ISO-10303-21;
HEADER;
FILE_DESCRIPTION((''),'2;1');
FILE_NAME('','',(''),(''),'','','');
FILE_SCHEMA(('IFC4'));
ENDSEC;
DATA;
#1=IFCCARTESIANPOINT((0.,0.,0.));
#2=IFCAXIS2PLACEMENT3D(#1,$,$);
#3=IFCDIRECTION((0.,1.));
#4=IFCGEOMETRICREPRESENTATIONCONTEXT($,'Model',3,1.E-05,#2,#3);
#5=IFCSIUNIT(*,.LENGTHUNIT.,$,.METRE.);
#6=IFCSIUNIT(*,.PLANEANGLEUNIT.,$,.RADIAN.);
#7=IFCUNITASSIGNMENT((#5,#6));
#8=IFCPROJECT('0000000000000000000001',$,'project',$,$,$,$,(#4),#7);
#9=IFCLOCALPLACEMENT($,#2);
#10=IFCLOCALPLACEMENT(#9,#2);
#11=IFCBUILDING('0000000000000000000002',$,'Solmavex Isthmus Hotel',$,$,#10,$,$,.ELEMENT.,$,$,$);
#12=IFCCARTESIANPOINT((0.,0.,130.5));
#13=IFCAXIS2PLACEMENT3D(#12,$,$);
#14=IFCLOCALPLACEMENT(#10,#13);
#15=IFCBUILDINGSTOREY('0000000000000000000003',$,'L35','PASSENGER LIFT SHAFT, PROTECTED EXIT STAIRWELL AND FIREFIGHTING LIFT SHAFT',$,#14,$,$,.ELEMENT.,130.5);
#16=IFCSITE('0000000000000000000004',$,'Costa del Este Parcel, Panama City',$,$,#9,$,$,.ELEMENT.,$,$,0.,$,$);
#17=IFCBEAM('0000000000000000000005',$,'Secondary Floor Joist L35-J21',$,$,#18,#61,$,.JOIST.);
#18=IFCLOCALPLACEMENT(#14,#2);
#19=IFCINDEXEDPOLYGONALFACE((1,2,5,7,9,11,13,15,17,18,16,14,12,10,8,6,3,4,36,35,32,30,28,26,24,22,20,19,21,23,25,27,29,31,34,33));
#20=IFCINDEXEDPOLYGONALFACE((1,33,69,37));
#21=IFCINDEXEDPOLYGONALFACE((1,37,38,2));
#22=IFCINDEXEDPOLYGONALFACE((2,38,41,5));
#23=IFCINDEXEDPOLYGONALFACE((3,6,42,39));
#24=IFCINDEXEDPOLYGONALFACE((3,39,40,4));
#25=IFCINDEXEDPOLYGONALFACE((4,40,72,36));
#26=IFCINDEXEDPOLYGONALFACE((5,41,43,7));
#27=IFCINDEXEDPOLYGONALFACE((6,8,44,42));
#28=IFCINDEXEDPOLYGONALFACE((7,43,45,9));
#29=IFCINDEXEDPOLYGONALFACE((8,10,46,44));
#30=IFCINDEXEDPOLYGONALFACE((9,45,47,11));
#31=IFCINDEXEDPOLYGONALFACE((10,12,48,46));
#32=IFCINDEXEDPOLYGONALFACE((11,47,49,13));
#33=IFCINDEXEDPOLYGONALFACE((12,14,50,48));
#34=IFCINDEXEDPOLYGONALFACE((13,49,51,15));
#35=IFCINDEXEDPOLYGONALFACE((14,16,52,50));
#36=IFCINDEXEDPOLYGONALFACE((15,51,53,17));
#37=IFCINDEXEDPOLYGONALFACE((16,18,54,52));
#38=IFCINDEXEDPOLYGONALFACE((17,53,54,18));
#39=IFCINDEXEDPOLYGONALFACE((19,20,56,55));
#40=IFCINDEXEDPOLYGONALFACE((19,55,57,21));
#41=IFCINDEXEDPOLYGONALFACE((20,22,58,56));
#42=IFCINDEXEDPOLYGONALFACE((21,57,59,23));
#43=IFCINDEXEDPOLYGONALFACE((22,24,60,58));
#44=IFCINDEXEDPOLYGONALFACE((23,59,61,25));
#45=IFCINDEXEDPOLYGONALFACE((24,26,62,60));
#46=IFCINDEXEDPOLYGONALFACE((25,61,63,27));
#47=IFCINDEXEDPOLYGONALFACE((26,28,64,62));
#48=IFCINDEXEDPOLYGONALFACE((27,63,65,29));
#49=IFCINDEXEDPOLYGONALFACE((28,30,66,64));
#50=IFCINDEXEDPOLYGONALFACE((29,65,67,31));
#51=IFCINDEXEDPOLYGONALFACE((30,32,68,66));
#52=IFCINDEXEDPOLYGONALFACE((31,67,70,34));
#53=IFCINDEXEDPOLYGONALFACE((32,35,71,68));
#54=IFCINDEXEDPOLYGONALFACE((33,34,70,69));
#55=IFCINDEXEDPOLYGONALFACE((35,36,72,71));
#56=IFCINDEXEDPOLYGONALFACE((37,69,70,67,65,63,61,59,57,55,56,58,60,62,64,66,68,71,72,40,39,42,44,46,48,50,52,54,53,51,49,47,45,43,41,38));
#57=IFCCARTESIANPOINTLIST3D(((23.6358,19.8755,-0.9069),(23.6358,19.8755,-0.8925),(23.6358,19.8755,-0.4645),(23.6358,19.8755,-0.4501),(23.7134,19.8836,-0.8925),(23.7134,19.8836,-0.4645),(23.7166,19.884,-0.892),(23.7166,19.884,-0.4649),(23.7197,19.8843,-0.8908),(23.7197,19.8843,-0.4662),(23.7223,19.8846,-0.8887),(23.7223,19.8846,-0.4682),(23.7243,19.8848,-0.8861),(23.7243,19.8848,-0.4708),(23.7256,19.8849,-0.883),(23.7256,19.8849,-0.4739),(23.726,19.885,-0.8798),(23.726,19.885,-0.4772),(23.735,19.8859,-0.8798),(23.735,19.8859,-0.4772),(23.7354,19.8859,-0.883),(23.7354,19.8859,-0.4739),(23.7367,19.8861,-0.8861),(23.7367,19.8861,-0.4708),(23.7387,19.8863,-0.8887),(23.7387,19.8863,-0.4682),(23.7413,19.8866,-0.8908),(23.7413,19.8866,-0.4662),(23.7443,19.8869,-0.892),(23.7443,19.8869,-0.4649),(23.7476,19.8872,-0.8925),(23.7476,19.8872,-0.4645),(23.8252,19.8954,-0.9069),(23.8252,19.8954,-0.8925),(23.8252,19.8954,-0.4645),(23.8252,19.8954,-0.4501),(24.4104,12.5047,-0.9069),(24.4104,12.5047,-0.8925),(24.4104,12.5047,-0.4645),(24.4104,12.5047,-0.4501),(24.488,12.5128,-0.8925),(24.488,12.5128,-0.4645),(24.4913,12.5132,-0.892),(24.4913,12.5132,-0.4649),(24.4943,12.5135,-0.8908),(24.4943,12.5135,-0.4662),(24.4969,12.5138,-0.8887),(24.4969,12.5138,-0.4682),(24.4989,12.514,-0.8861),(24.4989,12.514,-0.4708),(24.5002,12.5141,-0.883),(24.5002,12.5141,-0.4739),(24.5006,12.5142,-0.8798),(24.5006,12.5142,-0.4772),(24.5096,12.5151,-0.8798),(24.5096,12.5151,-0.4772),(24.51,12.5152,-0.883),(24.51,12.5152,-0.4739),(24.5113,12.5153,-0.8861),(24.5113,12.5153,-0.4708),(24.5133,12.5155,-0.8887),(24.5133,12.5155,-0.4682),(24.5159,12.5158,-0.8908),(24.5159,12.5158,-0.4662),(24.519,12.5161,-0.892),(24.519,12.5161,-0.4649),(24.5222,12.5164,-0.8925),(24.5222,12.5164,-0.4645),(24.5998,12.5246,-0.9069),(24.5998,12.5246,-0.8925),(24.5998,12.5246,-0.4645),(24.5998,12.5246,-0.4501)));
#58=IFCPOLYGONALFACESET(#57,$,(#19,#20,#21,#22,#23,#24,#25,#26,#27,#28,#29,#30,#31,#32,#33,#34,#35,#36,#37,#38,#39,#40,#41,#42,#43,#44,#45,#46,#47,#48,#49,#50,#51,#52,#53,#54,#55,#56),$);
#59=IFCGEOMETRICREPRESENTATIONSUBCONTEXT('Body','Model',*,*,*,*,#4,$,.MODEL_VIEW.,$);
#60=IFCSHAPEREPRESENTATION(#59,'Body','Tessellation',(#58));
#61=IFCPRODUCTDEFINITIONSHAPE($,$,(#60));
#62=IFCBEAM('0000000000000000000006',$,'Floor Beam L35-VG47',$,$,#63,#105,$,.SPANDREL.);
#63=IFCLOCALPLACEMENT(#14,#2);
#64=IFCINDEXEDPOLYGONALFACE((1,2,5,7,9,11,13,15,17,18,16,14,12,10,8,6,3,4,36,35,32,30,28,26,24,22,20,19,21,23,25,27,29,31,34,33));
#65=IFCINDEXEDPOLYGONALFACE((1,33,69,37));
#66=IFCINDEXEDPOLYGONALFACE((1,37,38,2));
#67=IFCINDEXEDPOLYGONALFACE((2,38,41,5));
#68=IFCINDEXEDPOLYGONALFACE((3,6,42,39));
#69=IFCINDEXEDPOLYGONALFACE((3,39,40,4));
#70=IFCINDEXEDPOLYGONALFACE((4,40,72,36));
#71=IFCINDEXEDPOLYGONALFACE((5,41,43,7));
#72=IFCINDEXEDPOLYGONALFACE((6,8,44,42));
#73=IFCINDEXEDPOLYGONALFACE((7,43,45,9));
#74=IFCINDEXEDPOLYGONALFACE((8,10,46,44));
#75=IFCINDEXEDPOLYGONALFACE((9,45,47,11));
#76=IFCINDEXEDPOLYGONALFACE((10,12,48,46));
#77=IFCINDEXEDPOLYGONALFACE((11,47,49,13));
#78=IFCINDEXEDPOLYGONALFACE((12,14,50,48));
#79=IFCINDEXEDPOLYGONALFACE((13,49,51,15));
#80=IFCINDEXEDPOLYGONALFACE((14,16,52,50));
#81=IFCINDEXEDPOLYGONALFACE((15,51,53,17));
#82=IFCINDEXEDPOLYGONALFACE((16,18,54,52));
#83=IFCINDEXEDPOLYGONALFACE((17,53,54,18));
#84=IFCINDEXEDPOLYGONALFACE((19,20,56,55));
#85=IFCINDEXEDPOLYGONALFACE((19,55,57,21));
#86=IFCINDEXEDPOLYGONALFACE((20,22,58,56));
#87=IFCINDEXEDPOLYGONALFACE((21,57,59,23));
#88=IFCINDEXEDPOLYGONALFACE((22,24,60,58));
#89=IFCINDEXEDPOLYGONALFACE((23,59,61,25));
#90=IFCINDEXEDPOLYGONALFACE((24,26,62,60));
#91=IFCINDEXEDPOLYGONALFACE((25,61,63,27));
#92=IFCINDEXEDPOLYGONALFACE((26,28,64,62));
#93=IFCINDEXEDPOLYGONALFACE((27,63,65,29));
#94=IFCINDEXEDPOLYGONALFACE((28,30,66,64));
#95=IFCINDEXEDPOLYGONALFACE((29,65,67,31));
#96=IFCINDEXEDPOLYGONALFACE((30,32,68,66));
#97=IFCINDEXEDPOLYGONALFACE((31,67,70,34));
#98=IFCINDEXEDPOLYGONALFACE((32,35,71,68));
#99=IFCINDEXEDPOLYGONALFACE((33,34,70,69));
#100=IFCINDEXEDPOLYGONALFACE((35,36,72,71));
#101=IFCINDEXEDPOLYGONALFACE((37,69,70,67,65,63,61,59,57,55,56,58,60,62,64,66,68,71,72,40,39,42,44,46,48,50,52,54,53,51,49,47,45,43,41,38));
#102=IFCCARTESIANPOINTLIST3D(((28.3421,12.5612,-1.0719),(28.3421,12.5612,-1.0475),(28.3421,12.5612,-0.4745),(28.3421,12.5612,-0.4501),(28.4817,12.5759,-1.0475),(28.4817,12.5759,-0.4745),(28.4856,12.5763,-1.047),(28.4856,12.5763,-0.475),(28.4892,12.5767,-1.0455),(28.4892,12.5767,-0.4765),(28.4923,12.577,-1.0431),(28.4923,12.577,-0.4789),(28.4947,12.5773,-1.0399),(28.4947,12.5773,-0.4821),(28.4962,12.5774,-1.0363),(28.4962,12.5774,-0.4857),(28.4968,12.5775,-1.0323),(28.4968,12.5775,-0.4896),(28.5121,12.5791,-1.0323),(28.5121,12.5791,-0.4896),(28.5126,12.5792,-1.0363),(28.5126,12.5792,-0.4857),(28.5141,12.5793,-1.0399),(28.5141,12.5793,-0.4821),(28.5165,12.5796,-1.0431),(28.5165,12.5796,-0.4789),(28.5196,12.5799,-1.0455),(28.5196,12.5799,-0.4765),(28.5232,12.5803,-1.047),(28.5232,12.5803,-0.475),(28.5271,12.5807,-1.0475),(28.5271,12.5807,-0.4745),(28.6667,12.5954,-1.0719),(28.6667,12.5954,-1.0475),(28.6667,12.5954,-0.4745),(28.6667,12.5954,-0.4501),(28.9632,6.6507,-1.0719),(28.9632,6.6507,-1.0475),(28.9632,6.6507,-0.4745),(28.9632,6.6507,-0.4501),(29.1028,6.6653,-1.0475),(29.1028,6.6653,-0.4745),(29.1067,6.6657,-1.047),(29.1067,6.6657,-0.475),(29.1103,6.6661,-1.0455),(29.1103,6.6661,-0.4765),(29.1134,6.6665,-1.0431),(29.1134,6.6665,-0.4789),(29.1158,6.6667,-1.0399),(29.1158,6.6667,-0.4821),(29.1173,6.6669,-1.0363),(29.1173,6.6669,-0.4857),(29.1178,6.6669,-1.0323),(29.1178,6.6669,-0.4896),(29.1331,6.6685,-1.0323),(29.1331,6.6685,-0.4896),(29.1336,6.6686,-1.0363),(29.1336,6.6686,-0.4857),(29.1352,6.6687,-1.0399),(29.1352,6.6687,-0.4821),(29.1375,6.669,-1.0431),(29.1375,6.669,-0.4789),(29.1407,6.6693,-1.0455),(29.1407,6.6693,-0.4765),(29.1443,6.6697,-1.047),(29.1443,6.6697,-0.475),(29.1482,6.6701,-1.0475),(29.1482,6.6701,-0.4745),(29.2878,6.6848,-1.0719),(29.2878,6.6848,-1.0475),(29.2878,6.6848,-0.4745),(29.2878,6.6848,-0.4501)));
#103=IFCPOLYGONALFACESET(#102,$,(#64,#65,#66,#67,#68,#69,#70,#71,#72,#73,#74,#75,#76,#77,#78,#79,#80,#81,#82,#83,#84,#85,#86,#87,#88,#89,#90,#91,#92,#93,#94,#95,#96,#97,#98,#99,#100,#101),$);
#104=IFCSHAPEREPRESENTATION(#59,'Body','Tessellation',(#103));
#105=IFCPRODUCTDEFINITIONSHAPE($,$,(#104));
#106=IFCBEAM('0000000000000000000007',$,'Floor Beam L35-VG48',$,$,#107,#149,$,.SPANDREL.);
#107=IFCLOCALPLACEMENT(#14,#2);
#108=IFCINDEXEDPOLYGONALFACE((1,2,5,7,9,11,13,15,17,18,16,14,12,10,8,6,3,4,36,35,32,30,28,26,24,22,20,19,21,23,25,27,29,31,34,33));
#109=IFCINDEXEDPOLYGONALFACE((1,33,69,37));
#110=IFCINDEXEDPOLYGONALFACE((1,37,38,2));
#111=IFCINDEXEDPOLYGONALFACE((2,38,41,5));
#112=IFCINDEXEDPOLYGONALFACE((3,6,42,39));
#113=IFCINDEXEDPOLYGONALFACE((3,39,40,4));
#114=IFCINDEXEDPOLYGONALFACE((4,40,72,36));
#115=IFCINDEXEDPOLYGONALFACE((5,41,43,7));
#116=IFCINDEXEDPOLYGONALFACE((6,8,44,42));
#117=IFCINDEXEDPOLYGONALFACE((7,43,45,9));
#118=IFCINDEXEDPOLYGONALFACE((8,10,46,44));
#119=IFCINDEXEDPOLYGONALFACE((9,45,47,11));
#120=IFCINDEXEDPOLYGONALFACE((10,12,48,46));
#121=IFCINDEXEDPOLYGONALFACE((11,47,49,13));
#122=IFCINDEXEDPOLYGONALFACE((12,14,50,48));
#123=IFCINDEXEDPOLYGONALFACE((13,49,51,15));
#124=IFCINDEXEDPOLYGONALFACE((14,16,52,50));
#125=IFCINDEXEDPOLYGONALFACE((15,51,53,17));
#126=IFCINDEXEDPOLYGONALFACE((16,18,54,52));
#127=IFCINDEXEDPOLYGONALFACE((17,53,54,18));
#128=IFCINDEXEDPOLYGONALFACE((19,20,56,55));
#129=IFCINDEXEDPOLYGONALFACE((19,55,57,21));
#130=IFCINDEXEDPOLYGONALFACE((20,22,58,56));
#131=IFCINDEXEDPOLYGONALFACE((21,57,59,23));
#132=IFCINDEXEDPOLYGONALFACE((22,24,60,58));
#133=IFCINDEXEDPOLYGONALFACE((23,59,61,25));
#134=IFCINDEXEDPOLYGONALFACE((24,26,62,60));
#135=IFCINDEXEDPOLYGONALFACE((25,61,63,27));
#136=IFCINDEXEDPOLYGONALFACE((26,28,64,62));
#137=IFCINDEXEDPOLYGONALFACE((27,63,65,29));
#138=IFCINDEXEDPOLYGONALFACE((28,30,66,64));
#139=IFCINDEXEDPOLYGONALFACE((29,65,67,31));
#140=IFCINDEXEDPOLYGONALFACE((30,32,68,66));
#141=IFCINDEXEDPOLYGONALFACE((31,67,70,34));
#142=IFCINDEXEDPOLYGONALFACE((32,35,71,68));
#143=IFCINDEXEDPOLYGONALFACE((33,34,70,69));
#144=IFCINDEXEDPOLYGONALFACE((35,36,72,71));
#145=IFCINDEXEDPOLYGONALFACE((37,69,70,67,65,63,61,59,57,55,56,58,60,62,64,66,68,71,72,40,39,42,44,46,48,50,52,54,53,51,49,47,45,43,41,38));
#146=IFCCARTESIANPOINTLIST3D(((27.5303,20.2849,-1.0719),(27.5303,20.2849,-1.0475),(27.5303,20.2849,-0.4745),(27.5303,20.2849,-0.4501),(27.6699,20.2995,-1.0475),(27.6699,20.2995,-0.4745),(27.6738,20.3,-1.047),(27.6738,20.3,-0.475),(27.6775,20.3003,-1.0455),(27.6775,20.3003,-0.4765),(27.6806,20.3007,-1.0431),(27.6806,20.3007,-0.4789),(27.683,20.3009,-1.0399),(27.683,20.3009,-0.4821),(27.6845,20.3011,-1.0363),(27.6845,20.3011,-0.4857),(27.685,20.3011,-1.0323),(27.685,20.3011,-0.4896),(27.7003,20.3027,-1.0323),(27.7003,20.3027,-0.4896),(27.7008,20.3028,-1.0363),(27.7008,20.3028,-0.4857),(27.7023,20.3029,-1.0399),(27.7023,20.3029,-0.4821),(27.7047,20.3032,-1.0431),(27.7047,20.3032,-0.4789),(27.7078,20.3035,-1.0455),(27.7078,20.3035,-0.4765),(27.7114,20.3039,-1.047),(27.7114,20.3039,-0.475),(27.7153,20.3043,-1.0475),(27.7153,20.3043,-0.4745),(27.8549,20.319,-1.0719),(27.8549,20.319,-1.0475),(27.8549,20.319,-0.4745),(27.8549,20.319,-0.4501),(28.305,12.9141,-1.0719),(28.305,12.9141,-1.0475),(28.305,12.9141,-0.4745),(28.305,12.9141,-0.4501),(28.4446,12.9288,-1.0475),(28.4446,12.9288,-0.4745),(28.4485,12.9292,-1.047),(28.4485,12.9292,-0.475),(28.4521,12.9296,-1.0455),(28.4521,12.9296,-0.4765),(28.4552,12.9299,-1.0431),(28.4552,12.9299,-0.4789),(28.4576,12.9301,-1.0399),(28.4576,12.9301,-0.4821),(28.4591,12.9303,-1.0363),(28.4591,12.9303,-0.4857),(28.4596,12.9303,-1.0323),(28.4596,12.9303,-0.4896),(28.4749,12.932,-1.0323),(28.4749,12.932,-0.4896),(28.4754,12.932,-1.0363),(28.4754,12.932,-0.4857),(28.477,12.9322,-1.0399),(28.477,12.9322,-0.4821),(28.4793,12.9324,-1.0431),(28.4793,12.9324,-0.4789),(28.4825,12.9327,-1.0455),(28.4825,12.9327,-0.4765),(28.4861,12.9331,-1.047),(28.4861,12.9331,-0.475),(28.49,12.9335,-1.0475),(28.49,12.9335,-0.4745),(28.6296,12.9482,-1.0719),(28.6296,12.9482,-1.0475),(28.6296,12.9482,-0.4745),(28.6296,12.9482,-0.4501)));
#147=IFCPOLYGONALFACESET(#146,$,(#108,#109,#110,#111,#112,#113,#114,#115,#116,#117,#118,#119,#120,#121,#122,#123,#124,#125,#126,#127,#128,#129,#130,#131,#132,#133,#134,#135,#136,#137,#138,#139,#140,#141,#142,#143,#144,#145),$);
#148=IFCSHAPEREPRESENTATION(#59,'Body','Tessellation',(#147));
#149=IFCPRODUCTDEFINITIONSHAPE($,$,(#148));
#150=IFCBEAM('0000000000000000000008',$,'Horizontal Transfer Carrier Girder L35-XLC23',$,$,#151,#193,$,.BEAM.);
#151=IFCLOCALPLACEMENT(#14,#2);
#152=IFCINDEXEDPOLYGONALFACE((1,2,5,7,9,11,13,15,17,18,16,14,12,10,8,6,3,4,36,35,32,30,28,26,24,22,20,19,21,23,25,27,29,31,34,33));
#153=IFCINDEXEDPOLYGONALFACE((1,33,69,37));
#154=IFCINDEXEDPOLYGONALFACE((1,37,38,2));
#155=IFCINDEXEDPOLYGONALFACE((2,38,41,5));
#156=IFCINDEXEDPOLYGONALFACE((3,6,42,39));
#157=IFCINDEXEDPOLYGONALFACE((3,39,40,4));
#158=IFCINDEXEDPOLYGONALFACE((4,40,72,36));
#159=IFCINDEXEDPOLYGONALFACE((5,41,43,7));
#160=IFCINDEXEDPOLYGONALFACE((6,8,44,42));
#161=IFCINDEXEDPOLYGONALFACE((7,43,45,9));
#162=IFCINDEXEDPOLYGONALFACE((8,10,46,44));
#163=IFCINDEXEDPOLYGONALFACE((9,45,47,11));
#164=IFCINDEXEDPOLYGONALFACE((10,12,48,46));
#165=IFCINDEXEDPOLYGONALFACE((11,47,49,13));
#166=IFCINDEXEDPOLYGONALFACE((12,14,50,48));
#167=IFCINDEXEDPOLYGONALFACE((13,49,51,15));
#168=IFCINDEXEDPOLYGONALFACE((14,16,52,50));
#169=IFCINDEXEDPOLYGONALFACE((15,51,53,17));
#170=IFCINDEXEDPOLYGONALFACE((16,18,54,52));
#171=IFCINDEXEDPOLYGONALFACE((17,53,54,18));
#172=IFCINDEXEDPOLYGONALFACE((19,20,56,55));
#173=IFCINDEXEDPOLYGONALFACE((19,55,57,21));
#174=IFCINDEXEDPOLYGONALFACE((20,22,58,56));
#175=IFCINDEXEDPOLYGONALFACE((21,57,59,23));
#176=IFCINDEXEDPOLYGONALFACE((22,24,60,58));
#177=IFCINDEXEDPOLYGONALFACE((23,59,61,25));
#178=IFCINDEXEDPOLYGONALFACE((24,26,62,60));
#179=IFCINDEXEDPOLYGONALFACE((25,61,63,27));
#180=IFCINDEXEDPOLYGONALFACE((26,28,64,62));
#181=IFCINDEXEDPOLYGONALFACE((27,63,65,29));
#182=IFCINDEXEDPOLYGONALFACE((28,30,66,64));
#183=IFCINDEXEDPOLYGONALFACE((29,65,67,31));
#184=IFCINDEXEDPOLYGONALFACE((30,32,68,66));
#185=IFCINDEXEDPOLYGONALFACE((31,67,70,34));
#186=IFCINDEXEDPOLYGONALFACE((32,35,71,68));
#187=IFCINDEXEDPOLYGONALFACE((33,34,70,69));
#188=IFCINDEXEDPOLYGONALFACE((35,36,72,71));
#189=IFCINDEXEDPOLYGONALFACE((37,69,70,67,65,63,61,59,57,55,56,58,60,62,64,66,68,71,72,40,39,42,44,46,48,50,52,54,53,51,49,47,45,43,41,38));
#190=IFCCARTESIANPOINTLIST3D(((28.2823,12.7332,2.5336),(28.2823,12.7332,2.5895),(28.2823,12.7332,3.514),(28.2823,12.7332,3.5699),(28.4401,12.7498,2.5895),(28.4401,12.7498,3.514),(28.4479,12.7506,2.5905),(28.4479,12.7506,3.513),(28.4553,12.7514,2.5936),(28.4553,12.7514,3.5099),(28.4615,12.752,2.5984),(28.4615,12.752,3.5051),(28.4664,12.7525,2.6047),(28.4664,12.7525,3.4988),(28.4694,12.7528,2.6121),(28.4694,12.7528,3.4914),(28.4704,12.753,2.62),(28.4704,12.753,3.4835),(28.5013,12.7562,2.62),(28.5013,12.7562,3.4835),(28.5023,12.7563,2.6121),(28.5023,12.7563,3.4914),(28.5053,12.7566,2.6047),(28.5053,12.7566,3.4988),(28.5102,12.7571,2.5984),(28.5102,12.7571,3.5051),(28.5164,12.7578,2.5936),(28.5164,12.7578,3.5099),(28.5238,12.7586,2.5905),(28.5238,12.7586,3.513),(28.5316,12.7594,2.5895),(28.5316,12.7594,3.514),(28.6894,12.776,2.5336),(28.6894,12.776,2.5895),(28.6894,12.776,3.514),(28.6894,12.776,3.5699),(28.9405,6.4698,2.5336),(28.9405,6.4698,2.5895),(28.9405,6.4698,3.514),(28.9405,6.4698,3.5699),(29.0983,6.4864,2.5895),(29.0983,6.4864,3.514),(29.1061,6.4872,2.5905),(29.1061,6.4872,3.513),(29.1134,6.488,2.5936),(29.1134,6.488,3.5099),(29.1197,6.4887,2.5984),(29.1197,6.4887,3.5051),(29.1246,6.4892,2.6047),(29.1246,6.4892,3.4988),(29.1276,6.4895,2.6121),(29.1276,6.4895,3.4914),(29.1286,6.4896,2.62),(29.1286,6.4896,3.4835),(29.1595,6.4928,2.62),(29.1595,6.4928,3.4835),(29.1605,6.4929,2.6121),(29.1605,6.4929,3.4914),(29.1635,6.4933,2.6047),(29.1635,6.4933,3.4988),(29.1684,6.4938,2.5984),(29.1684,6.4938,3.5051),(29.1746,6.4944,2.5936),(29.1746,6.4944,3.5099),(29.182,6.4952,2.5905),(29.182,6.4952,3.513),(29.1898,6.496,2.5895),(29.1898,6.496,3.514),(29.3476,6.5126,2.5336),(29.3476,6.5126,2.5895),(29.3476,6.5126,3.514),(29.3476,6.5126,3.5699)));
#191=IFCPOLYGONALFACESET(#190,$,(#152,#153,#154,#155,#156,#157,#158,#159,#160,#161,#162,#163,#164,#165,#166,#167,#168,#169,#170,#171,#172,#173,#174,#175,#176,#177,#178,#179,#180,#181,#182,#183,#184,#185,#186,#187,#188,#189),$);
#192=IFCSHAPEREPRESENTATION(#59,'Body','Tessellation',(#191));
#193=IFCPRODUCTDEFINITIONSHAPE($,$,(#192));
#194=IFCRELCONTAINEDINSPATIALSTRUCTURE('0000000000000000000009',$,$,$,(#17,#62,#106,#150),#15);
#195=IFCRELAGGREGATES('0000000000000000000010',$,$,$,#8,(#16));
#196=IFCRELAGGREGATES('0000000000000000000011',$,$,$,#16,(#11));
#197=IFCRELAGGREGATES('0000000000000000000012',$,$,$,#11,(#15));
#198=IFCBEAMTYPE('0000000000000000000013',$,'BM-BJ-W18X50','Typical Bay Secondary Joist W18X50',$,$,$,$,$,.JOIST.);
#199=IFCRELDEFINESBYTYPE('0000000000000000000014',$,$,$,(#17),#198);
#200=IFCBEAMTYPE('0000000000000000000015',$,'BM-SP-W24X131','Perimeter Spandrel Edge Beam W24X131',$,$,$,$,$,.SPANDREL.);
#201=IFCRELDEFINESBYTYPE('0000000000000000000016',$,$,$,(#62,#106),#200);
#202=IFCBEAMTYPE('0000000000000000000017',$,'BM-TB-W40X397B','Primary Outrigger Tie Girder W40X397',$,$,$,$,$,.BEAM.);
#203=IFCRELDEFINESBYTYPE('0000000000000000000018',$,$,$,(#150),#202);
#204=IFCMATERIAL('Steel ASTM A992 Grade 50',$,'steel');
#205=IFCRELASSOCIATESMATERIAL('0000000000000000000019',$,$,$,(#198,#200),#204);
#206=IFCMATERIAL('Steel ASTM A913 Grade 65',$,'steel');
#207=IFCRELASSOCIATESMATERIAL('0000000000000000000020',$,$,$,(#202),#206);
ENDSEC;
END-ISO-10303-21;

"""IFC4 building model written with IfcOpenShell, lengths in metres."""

from ifc_helpers import new_model, si_unit, direction, frame, origin, origin_2d, place, context, subcontext, project, spatial, i_section, extrude, material, material_profile, profile_set, type_object, element, save


model = new_model("IFC4")

# Units and contexts
model_context = context("Model", 3, precision=1e-05, world=origin(), true_north=direction((0.0, 1.0)))
body_context = subcontext(model_context, "Body", "Model", "MODEL_VIEW")
ifc_project = project(units=[si_unit("LENGTHUNIT", "METRE"), si_unit("PLANEANGLEUNIT", "RADIAN")], contexts=[model_context])

# Site, building, storey
site_placement = place(None, origin())
site = spatial("IfcSite", under=ifc_project, at=site_placement, Name="Costa del Este Parcel, Panama City", CompositionType="ELEMENT", RefElevation=0.0)
building_placement = place(site_placement, origin())
building = spatial("IfcBuilding", under=site, at=building_placement, Name="Solmavex Isthmus Hotel", CompositionType="ELEMENT")
storey_placement = place(building_placement, frame((0.0, 0.0, 130.5)))
storey = spatial("IfcBuildingStorey", under=building, at=storey_placement, Name="L35", Description="PASSENGER LIFT SHAFT, PROTECTED EXIT STAIRWELL AND FIREFIGHTING LIFT SHAFT", CompositionType="ELEMENT", Elevation=130.5)

# Shared definitions
ifc_material_1 = material(Name="Steel ASTM A913 Grade 65", Category="steel")

# Beams
ifc_material_2 = material(Name="Steel ASTM A992 Grade 50", Category="steel")
ifc_material_profile_1 = material_profile(ifc_material_2, i_section(OverallWidth=0.1904, OverallDepth=0.4568, WebThickness=0.009, FlangeThickness=0.0144, FilletRadius=0.0127, at=origin_2d()), Name="W18X50")
ifc_profile_set_1 = profile_set([ifc_material_profile_1], Name="Steel ASTM A992 Grade 50")
beam_type_1 = type_object("IfcBeamType", Name="BM-BJ-W18X50", Description="Typical Bay Secondary Joist W18X50", PredefinedType="JOIST", material=ifc_profile_set_1)
beam_1_placement = place(storey_placement, frame((24.5051, 12.5146, -0.6785), z_axis=(-0.104522, 0.994523, 0.0), x_axis=(-0.994523, -0.104522, 0.0)))
element("IfcBeam", 1, at=beam_1_placement, inside=storey, type_object=beam_type_1, Name="Secondary Floor Joist L35-J21", PredefinedType="JOIST", context=body_context, shape_type="SweptSolid", body=[
    extrude(i_section(OverallWidth=0.1904, OverallDepth=0.4568, WebThickness=0.009, FlangeThickness=0.0144, FilletRadius=0.0127, at=origin_2d()), origin(), (0.0, 0.0, 1.0), 7.4114),
])
ifc_material_profile_2 = material_profile(ifc_material_2, i_section(OverallWidth=0.3264, OverallDepth=0.6218, WebThickness=0.0154, FlangeThickness=0.0244, FilletRadius=0.0151, at=origin_2d()), Name="W24X131")
ifc_profile_set_2 = profile_set([ifc_material_profile_2], Name="Steel ASTM A992 Grade 50")
beam_type_2 = type_object("IfcBeamType", Name="BM-SP-W24X131", Description="Perimeter Spandrel Edge Beam W24X131", PredefinedType="SPANDREL", material=ifc_profile_set_2)
beam_2_placement = place(storey_placement, frame((29.1255, 6.6677, -0.761), z_axis=(-0.104505, 0.994524, 0.0), x_axis=(-0.994524, -0.104505, 0.0)))
element("IfcBeam", 2, at=beam_2_placement, inside=storey, type_object=beam_type_2, Name="Floor Beam L35-VG47", PredefinedType="SPANDREL", context=body_context, shape_type="SweptSolid", body=[
    extrude(i_section(OverallWidth=0.3264, OverallDepth=0.6218, WebThickness=0.0154, FlangeThickness=0.0244, FilletRadius=0.0151, at=origin_2d()), origin(), (0.0, 0.0, 1.0), 5.9431),
])
beam_3_placement = place(storey_placement, frame((28.4673, 12.9312, -0.761), z_axis=(-0.104522, 0.994523, 0.0), x_axis=(-0.994523, -0.104522, 0.0)))
element("IfcBeam", 3, at=beam_3_placement, inside=storey, type_object=beam_type_2, Name="Floor Beam L35-VG48", PredefinedType="SPANDREL", context=body_context, shape_type="SweptSolid", body=[
    extrude(i_section(OverallWidth=0.3264, OverallDepth=0.6218, WebThickness=0.0154, FlangeThickness=0.0244, FilletRadius=0.0151, at=origin_2d()), origin(), (0.0, 0.0, 1.0), 7.4114),
])
ifc_material_profile_3 = material_profile(ifc_material_1, i_section(OverallWidth=0.4094, OverallDepth=1.0364, WebThickness=0.031, FlangeThickness=0.0559, FilletRadius=0.0305, at=origin_2d()), Name="W40X397")
ifc_profile_set_3 = profile_set([ifc_material_profile_3], Name="Steel ASTM A913 Grade 65")
beam_type_3 = type_object("IfcBeamType", Name="BM-TB-W40X397B", Description="Primary Outrigger Tie Girder W40X397", PredefinedType="BEAM", material=ifc_profile_set_3)
beam_4_placement = place(storey_placement, frame((29.144, 6.4912, 3.0518), z_axis=(-0.104511, 0.994524, 0.0), x_axis=(-0.994524, -0.104511, 0.0)))
element("IfcBeam", 4, at=beam_4_placement, inside=storey, type_object=beam_type_3, Name="Horizontal Transfer Carrier Girder L35-XLC23", PredefinedType="BEAM", context=body_context, shape_type="SweptSolid", body=[
    extrude(i_section(OverallWidth=0.4094, OverallDepth=1.0364, WebThickness=0.031, FlangeThickness=0.0559, FilletRadius=0.0305, at=origin_2d()), origin(), (0.0, 0.0, 1.0), 6.2979),
])

save(model, "model.ifc")
